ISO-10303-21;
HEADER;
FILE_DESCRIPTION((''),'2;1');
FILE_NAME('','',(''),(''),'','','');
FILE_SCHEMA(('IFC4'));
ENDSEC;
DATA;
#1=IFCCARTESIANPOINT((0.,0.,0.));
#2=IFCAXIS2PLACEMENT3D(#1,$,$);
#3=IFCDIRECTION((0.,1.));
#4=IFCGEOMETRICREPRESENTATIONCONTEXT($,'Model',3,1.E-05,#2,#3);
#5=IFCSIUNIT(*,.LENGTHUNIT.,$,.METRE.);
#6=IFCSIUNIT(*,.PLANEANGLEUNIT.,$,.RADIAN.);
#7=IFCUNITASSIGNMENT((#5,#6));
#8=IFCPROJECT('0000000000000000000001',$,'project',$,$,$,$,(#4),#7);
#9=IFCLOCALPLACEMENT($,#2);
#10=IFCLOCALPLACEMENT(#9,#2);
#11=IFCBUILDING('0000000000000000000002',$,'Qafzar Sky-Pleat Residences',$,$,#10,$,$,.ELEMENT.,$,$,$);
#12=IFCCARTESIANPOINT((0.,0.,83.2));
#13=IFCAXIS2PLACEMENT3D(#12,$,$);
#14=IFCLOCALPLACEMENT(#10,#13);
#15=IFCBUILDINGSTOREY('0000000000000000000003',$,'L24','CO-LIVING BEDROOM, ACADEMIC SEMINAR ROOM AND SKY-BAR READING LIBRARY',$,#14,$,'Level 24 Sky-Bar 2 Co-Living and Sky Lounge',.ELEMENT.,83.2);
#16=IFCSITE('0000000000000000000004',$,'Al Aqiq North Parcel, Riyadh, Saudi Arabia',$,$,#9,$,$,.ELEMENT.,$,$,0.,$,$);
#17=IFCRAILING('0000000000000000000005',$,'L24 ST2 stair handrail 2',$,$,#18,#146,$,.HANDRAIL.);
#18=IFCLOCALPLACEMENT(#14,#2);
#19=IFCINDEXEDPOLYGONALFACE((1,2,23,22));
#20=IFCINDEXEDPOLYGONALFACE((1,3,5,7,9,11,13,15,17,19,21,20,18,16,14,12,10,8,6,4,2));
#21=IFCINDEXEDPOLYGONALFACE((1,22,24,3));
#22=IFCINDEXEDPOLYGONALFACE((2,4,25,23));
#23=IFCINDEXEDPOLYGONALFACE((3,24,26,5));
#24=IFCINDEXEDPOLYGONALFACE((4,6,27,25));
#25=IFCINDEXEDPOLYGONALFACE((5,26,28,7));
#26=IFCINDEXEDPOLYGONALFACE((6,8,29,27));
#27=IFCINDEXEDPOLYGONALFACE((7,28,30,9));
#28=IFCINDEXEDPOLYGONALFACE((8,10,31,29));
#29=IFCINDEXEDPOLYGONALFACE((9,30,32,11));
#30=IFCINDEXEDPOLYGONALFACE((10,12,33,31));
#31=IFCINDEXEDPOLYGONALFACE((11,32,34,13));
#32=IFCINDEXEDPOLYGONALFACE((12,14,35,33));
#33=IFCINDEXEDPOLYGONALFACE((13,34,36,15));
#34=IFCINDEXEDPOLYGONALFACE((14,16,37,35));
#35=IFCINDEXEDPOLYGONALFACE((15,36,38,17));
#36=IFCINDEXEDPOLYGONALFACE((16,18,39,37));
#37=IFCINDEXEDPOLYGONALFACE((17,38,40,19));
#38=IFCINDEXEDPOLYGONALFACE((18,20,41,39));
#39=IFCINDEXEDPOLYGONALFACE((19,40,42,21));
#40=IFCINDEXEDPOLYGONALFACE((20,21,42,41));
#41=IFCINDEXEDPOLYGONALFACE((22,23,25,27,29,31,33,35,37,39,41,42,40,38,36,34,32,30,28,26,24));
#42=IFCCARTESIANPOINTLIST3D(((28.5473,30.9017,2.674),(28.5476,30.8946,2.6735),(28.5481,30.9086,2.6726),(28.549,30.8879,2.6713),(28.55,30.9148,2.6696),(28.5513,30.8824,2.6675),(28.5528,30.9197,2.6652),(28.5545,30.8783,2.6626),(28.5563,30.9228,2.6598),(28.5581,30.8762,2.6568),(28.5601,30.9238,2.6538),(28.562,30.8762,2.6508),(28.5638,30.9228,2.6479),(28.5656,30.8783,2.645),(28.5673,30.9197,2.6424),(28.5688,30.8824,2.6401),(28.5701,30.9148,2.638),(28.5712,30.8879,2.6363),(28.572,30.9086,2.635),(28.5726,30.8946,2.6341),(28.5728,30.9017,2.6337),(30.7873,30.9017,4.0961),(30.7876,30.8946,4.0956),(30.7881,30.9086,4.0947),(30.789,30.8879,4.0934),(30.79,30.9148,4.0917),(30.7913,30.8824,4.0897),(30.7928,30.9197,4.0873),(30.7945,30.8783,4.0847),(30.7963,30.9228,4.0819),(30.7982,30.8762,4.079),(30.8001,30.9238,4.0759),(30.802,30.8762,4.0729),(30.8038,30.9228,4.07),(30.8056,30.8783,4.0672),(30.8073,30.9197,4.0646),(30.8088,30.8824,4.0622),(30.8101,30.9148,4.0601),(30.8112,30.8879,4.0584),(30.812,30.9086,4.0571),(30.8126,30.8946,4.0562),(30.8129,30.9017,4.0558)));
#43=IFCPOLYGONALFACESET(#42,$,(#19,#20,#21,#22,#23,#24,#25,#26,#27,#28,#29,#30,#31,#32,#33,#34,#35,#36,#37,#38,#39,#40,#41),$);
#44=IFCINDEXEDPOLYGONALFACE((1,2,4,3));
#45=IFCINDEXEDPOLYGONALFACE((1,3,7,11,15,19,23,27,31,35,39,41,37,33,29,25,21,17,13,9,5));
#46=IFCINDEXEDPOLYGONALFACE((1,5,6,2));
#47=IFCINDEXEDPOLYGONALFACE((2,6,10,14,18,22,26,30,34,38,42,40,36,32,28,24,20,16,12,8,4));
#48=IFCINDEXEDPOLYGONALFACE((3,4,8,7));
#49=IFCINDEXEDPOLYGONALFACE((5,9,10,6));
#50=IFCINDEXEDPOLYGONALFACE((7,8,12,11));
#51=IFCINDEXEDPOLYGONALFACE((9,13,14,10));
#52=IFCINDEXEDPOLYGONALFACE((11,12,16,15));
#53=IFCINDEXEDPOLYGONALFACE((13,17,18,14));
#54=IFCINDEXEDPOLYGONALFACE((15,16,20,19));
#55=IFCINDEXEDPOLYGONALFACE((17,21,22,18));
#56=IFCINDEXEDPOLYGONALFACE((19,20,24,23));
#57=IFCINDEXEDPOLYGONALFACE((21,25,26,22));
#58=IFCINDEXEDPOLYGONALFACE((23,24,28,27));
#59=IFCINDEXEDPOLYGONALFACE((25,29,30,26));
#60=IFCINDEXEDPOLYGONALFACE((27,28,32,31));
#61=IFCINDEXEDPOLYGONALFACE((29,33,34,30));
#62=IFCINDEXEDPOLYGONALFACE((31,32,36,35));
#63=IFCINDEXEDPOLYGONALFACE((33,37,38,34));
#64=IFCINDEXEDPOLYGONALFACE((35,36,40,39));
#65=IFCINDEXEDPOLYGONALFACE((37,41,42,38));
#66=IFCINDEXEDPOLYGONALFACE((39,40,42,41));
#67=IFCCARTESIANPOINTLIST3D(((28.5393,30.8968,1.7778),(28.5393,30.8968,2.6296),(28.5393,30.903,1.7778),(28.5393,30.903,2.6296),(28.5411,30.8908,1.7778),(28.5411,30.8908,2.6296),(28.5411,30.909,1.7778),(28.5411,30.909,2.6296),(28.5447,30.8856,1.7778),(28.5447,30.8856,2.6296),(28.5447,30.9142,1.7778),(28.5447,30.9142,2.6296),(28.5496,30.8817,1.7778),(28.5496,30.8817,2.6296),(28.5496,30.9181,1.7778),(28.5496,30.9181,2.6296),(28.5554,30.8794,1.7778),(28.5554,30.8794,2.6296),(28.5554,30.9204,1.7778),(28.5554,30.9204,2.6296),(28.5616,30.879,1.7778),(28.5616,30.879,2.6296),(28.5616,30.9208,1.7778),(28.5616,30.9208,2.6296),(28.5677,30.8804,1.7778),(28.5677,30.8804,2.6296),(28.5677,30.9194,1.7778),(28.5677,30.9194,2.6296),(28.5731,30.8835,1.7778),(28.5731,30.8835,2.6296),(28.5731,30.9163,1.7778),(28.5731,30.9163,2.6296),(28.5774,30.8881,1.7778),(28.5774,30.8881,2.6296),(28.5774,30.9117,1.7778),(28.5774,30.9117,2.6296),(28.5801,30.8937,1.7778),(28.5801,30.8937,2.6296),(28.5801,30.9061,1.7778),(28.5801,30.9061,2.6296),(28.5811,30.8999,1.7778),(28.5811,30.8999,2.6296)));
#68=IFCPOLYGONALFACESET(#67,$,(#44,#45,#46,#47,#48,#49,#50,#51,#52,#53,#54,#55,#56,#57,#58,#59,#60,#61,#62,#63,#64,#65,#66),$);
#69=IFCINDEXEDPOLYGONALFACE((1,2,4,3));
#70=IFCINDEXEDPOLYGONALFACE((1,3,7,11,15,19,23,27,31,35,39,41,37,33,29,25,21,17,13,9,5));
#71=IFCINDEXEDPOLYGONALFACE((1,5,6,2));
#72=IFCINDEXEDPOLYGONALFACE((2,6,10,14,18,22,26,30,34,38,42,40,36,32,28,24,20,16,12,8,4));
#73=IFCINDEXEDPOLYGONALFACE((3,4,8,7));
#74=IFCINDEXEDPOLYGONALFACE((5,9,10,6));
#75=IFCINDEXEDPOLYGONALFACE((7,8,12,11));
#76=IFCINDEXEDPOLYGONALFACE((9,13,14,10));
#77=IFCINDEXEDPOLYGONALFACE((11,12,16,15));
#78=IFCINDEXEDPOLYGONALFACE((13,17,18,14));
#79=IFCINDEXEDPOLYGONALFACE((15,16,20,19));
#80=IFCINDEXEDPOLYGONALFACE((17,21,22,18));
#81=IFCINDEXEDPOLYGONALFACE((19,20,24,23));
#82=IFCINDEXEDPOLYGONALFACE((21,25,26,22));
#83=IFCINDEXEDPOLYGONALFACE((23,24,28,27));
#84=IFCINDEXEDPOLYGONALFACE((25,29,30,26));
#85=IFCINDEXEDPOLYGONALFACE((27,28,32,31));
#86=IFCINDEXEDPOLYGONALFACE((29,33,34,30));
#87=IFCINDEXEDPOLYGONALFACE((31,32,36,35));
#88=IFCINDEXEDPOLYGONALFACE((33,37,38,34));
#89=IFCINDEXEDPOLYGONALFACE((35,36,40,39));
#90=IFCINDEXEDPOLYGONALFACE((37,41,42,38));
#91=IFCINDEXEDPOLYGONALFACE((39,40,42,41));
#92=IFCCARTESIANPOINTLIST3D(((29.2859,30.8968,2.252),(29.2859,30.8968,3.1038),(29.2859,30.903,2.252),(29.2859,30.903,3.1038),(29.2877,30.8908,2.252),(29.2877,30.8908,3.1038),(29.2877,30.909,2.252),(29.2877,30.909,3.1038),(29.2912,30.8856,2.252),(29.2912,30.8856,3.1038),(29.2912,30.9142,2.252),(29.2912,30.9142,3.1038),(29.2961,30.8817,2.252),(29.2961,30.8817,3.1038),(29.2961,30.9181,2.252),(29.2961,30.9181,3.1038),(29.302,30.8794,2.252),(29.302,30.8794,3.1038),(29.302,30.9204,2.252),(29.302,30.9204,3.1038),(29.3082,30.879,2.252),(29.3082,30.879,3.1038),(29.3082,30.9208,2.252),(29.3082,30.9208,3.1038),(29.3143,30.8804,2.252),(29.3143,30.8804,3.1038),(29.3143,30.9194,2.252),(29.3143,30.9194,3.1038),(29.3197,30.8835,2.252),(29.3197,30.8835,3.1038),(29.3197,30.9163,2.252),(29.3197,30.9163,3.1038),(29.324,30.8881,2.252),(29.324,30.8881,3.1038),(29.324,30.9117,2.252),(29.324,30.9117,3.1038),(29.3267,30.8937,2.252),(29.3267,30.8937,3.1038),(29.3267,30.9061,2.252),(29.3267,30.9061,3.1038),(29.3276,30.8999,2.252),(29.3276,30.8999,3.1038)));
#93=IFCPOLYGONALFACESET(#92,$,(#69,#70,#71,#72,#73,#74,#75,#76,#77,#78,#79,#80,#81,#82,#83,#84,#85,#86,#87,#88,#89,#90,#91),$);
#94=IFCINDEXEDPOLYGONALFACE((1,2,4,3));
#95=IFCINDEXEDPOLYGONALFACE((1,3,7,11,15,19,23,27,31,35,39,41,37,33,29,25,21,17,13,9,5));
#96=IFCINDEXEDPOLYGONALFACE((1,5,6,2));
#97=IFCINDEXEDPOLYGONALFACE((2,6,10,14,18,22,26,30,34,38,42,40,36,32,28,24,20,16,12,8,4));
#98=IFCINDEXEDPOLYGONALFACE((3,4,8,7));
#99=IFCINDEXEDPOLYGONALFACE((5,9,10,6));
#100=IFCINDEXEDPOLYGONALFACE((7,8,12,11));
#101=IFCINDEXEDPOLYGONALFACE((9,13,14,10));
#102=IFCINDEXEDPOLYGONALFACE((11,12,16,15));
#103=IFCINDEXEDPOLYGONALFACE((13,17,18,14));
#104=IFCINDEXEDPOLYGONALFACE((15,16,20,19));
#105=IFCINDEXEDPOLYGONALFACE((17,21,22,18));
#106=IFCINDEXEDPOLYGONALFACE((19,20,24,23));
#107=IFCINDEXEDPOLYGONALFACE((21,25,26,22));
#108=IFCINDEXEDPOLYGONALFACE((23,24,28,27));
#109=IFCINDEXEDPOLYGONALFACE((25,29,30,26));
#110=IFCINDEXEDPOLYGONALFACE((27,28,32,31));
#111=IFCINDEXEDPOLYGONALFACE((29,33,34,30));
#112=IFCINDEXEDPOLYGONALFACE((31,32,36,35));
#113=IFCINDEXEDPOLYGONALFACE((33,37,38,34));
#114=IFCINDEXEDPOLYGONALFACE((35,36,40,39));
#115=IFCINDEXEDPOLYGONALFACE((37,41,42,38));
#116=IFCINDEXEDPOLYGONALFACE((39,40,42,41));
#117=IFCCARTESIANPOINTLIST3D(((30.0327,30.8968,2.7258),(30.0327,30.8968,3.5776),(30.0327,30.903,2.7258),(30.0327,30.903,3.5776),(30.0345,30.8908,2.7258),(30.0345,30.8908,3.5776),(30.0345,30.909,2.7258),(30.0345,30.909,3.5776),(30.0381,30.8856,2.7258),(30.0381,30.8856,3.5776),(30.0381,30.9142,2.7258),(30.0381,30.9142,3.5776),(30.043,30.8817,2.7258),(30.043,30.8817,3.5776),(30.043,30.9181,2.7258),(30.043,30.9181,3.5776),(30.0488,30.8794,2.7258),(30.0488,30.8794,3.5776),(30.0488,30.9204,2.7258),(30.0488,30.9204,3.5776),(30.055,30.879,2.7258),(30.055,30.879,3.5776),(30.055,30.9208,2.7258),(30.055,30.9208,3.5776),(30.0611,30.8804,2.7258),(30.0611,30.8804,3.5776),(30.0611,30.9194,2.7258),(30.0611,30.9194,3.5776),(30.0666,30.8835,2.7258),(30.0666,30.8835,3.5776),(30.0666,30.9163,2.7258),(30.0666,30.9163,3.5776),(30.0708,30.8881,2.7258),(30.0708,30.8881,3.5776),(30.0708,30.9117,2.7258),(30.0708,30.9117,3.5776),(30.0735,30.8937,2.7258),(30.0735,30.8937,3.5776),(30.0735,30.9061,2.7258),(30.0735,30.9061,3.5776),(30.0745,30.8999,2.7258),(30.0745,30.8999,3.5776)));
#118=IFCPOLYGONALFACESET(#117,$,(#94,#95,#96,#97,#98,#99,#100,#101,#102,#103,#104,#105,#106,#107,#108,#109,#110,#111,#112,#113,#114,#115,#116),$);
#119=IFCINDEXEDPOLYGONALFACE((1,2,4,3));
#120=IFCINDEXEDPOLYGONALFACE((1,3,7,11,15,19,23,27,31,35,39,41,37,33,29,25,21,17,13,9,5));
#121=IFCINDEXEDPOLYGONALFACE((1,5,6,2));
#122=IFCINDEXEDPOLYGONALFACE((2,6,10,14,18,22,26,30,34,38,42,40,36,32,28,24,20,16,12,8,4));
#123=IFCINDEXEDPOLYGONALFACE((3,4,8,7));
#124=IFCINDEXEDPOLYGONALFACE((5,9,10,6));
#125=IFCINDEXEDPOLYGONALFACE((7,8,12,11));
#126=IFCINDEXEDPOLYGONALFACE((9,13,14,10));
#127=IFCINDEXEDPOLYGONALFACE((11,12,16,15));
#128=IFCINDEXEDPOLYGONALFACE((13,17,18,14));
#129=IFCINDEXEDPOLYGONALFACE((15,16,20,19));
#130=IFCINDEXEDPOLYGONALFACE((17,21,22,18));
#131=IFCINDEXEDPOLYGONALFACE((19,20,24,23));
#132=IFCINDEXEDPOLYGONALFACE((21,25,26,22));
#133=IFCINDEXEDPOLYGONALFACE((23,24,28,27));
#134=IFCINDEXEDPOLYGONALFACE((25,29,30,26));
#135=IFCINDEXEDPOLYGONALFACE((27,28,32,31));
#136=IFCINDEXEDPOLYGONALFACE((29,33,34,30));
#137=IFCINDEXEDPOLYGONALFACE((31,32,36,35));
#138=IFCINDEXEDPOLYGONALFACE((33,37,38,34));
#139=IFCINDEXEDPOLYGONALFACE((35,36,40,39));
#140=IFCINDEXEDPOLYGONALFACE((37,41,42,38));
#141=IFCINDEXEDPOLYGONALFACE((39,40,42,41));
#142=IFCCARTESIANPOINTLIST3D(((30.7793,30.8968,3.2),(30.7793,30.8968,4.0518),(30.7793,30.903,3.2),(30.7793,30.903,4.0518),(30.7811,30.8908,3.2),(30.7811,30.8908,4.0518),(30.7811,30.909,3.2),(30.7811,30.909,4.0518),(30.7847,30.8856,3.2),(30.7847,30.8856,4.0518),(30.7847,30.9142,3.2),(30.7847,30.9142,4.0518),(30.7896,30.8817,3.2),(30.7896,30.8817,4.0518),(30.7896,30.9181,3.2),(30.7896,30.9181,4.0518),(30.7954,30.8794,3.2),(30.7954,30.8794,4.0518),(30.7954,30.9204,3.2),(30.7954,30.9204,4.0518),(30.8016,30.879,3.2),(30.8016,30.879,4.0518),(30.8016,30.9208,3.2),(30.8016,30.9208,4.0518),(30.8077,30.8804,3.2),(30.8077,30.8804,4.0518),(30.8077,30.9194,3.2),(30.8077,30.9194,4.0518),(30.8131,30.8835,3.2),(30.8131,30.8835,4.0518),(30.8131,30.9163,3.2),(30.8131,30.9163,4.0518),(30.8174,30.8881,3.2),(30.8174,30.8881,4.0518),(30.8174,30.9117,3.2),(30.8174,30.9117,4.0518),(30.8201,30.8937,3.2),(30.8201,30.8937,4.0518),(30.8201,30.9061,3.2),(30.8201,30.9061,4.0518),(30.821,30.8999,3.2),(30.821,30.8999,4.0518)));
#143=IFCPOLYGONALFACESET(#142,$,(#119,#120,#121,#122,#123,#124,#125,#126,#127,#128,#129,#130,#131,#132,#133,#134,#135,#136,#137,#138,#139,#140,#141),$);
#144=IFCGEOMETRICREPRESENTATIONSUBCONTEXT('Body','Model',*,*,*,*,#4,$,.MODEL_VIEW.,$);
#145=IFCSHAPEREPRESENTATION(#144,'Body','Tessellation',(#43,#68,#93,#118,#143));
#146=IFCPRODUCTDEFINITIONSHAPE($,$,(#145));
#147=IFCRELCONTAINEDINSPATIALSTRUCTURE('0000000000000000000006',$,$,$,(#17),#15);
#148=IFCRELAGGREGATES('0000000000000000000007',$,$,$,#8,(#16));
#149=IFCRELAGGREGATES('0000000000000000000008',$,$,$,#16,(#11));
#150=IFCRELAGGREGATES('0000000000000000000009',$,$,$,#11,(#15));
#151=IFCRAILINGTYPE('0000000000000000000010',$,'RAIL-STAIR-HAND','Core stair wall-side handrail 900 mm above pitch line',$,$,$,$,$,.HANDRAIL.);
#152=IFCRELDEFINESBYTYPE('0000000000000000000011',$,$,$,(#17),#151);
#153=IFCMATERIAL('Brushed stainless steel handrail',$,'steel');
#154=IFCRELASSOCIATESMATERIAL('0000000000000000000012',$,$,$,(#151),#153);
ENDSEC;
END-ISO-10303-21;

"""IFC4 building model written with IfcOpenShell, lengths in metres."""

from ifc_helpers import new_model, si_unit, direction, frame, origin, origin_2d, place, context, subcontext, project, spatial, circle, extrude, source, transform, mapped, material, type_object, element, save


model = new_model("IFC4")

# Units and contexts
model_context = context("Model", 3, precision=1e-05, world=origin(), true_north=direction((0.0, 1.0)))
body_context = subcontext(model_context, "Body", "Model", "MODEL_VIEW")
ifc_project = project(units=[si_unit("LENGTHUNIT", "METRE"), si_unit("PLANEANGLEUNIT", "RADIAN")], contexts=[model_context])

# Site, building, storey
site_placement = place(None, origin())
site = spatial("IfcSite", under=ifc_project, at=site_placement, Name="Al Aqiq North Parcel, Riyadh, Saudi Arabia", CompositionType="ELEMENT", RefElevation=0.0)
building_placement = place(site_placement, origin())
building = spatial("IfcBuilding", under=site, at=building_placement, Name="Qafzar Sky-Pleat Residences", CompositionType="ELEMENT")
storey_placement = place(building_placement, frame((0.0, 0.0, 83.2)))
storey = spatial("IfcBuildingStorey", under=building, at=storey_placement, Name="L24", Description="CO-LIVING BEDROOM, ACADEMIC SEMINAR ROOM AND SKY-BAR READING LIBRARY", LongName="Level 24 Sky-Bar 2 Co-Living and Sky Lounge", CompositionType="ELEMENT", Elevation=83.2)

# Railing
ifc_material_1 = material(Name="Brushed stainless steel handrail", Category="steel")
railing_type_1 = type_object("IfcRailingType", Name="RAIL-STAIR-HAND", Description="Core stair wall-side handrail 900 mm above pitch line", PredefinedType="HANDRAIL", material=ifc_material_1)
shared_shape_1 = source(origin(), body_context, "Body", "SweptSolid", [
    extrude(circle(Radius=0.0239, at=origin_2d()), frame((0.0, 0.0, 0.876), z_axis=(0.844229, 0.0, 0.535982), x_axis=(0.0, 1.0, 0.0)), (0.0, 0.0, 1.0), 2.6533),
    extrude(circle(Radius=0.021, at=origin_2d()), origin(), (0.0, 0.0, 1.0), 0.8518),
    extrude(circle(Radius=0.021, at=origin_2d()), frame((0.7466, 0.0, 0.4741)), (0.0, 0.0, 1.0), 0.8518),
    extrude(circle(Radius=0.021, at=origin_2d()), frame((1.4934, 0.0, 0.948)), (0.0, 0.0, 1.0), 0.8518),
    extrude(circle(Radius=0.021, at=origin_2d()), frame((2.24, 0.0, 1.4221)), (0.0, 0.0, 1.0), 0.8518),
])
railing_1_placement = place(storey_placement, frame((28.5601, 30.8999, 1.7778)))
element("IfcRailing", 1, at=railing_1_placement, inside=storey, type_object=railing_type_1, Name="L24 ST2 stair handrail 2", PredefinedType="HANDRAIL", context=body_context, shape_type="MappedRepresentation", body=[
    mapped(shared_shape_1, transform((0.0, 0.0, 0.0), x_axis=(1.0, 0.0, 0.0), y_axis=(0.0, 1.0, 0.0), z_axis=(0.0, 0.0, 1.0), scale=1.0)),
])

save(model, "model.ifc")
